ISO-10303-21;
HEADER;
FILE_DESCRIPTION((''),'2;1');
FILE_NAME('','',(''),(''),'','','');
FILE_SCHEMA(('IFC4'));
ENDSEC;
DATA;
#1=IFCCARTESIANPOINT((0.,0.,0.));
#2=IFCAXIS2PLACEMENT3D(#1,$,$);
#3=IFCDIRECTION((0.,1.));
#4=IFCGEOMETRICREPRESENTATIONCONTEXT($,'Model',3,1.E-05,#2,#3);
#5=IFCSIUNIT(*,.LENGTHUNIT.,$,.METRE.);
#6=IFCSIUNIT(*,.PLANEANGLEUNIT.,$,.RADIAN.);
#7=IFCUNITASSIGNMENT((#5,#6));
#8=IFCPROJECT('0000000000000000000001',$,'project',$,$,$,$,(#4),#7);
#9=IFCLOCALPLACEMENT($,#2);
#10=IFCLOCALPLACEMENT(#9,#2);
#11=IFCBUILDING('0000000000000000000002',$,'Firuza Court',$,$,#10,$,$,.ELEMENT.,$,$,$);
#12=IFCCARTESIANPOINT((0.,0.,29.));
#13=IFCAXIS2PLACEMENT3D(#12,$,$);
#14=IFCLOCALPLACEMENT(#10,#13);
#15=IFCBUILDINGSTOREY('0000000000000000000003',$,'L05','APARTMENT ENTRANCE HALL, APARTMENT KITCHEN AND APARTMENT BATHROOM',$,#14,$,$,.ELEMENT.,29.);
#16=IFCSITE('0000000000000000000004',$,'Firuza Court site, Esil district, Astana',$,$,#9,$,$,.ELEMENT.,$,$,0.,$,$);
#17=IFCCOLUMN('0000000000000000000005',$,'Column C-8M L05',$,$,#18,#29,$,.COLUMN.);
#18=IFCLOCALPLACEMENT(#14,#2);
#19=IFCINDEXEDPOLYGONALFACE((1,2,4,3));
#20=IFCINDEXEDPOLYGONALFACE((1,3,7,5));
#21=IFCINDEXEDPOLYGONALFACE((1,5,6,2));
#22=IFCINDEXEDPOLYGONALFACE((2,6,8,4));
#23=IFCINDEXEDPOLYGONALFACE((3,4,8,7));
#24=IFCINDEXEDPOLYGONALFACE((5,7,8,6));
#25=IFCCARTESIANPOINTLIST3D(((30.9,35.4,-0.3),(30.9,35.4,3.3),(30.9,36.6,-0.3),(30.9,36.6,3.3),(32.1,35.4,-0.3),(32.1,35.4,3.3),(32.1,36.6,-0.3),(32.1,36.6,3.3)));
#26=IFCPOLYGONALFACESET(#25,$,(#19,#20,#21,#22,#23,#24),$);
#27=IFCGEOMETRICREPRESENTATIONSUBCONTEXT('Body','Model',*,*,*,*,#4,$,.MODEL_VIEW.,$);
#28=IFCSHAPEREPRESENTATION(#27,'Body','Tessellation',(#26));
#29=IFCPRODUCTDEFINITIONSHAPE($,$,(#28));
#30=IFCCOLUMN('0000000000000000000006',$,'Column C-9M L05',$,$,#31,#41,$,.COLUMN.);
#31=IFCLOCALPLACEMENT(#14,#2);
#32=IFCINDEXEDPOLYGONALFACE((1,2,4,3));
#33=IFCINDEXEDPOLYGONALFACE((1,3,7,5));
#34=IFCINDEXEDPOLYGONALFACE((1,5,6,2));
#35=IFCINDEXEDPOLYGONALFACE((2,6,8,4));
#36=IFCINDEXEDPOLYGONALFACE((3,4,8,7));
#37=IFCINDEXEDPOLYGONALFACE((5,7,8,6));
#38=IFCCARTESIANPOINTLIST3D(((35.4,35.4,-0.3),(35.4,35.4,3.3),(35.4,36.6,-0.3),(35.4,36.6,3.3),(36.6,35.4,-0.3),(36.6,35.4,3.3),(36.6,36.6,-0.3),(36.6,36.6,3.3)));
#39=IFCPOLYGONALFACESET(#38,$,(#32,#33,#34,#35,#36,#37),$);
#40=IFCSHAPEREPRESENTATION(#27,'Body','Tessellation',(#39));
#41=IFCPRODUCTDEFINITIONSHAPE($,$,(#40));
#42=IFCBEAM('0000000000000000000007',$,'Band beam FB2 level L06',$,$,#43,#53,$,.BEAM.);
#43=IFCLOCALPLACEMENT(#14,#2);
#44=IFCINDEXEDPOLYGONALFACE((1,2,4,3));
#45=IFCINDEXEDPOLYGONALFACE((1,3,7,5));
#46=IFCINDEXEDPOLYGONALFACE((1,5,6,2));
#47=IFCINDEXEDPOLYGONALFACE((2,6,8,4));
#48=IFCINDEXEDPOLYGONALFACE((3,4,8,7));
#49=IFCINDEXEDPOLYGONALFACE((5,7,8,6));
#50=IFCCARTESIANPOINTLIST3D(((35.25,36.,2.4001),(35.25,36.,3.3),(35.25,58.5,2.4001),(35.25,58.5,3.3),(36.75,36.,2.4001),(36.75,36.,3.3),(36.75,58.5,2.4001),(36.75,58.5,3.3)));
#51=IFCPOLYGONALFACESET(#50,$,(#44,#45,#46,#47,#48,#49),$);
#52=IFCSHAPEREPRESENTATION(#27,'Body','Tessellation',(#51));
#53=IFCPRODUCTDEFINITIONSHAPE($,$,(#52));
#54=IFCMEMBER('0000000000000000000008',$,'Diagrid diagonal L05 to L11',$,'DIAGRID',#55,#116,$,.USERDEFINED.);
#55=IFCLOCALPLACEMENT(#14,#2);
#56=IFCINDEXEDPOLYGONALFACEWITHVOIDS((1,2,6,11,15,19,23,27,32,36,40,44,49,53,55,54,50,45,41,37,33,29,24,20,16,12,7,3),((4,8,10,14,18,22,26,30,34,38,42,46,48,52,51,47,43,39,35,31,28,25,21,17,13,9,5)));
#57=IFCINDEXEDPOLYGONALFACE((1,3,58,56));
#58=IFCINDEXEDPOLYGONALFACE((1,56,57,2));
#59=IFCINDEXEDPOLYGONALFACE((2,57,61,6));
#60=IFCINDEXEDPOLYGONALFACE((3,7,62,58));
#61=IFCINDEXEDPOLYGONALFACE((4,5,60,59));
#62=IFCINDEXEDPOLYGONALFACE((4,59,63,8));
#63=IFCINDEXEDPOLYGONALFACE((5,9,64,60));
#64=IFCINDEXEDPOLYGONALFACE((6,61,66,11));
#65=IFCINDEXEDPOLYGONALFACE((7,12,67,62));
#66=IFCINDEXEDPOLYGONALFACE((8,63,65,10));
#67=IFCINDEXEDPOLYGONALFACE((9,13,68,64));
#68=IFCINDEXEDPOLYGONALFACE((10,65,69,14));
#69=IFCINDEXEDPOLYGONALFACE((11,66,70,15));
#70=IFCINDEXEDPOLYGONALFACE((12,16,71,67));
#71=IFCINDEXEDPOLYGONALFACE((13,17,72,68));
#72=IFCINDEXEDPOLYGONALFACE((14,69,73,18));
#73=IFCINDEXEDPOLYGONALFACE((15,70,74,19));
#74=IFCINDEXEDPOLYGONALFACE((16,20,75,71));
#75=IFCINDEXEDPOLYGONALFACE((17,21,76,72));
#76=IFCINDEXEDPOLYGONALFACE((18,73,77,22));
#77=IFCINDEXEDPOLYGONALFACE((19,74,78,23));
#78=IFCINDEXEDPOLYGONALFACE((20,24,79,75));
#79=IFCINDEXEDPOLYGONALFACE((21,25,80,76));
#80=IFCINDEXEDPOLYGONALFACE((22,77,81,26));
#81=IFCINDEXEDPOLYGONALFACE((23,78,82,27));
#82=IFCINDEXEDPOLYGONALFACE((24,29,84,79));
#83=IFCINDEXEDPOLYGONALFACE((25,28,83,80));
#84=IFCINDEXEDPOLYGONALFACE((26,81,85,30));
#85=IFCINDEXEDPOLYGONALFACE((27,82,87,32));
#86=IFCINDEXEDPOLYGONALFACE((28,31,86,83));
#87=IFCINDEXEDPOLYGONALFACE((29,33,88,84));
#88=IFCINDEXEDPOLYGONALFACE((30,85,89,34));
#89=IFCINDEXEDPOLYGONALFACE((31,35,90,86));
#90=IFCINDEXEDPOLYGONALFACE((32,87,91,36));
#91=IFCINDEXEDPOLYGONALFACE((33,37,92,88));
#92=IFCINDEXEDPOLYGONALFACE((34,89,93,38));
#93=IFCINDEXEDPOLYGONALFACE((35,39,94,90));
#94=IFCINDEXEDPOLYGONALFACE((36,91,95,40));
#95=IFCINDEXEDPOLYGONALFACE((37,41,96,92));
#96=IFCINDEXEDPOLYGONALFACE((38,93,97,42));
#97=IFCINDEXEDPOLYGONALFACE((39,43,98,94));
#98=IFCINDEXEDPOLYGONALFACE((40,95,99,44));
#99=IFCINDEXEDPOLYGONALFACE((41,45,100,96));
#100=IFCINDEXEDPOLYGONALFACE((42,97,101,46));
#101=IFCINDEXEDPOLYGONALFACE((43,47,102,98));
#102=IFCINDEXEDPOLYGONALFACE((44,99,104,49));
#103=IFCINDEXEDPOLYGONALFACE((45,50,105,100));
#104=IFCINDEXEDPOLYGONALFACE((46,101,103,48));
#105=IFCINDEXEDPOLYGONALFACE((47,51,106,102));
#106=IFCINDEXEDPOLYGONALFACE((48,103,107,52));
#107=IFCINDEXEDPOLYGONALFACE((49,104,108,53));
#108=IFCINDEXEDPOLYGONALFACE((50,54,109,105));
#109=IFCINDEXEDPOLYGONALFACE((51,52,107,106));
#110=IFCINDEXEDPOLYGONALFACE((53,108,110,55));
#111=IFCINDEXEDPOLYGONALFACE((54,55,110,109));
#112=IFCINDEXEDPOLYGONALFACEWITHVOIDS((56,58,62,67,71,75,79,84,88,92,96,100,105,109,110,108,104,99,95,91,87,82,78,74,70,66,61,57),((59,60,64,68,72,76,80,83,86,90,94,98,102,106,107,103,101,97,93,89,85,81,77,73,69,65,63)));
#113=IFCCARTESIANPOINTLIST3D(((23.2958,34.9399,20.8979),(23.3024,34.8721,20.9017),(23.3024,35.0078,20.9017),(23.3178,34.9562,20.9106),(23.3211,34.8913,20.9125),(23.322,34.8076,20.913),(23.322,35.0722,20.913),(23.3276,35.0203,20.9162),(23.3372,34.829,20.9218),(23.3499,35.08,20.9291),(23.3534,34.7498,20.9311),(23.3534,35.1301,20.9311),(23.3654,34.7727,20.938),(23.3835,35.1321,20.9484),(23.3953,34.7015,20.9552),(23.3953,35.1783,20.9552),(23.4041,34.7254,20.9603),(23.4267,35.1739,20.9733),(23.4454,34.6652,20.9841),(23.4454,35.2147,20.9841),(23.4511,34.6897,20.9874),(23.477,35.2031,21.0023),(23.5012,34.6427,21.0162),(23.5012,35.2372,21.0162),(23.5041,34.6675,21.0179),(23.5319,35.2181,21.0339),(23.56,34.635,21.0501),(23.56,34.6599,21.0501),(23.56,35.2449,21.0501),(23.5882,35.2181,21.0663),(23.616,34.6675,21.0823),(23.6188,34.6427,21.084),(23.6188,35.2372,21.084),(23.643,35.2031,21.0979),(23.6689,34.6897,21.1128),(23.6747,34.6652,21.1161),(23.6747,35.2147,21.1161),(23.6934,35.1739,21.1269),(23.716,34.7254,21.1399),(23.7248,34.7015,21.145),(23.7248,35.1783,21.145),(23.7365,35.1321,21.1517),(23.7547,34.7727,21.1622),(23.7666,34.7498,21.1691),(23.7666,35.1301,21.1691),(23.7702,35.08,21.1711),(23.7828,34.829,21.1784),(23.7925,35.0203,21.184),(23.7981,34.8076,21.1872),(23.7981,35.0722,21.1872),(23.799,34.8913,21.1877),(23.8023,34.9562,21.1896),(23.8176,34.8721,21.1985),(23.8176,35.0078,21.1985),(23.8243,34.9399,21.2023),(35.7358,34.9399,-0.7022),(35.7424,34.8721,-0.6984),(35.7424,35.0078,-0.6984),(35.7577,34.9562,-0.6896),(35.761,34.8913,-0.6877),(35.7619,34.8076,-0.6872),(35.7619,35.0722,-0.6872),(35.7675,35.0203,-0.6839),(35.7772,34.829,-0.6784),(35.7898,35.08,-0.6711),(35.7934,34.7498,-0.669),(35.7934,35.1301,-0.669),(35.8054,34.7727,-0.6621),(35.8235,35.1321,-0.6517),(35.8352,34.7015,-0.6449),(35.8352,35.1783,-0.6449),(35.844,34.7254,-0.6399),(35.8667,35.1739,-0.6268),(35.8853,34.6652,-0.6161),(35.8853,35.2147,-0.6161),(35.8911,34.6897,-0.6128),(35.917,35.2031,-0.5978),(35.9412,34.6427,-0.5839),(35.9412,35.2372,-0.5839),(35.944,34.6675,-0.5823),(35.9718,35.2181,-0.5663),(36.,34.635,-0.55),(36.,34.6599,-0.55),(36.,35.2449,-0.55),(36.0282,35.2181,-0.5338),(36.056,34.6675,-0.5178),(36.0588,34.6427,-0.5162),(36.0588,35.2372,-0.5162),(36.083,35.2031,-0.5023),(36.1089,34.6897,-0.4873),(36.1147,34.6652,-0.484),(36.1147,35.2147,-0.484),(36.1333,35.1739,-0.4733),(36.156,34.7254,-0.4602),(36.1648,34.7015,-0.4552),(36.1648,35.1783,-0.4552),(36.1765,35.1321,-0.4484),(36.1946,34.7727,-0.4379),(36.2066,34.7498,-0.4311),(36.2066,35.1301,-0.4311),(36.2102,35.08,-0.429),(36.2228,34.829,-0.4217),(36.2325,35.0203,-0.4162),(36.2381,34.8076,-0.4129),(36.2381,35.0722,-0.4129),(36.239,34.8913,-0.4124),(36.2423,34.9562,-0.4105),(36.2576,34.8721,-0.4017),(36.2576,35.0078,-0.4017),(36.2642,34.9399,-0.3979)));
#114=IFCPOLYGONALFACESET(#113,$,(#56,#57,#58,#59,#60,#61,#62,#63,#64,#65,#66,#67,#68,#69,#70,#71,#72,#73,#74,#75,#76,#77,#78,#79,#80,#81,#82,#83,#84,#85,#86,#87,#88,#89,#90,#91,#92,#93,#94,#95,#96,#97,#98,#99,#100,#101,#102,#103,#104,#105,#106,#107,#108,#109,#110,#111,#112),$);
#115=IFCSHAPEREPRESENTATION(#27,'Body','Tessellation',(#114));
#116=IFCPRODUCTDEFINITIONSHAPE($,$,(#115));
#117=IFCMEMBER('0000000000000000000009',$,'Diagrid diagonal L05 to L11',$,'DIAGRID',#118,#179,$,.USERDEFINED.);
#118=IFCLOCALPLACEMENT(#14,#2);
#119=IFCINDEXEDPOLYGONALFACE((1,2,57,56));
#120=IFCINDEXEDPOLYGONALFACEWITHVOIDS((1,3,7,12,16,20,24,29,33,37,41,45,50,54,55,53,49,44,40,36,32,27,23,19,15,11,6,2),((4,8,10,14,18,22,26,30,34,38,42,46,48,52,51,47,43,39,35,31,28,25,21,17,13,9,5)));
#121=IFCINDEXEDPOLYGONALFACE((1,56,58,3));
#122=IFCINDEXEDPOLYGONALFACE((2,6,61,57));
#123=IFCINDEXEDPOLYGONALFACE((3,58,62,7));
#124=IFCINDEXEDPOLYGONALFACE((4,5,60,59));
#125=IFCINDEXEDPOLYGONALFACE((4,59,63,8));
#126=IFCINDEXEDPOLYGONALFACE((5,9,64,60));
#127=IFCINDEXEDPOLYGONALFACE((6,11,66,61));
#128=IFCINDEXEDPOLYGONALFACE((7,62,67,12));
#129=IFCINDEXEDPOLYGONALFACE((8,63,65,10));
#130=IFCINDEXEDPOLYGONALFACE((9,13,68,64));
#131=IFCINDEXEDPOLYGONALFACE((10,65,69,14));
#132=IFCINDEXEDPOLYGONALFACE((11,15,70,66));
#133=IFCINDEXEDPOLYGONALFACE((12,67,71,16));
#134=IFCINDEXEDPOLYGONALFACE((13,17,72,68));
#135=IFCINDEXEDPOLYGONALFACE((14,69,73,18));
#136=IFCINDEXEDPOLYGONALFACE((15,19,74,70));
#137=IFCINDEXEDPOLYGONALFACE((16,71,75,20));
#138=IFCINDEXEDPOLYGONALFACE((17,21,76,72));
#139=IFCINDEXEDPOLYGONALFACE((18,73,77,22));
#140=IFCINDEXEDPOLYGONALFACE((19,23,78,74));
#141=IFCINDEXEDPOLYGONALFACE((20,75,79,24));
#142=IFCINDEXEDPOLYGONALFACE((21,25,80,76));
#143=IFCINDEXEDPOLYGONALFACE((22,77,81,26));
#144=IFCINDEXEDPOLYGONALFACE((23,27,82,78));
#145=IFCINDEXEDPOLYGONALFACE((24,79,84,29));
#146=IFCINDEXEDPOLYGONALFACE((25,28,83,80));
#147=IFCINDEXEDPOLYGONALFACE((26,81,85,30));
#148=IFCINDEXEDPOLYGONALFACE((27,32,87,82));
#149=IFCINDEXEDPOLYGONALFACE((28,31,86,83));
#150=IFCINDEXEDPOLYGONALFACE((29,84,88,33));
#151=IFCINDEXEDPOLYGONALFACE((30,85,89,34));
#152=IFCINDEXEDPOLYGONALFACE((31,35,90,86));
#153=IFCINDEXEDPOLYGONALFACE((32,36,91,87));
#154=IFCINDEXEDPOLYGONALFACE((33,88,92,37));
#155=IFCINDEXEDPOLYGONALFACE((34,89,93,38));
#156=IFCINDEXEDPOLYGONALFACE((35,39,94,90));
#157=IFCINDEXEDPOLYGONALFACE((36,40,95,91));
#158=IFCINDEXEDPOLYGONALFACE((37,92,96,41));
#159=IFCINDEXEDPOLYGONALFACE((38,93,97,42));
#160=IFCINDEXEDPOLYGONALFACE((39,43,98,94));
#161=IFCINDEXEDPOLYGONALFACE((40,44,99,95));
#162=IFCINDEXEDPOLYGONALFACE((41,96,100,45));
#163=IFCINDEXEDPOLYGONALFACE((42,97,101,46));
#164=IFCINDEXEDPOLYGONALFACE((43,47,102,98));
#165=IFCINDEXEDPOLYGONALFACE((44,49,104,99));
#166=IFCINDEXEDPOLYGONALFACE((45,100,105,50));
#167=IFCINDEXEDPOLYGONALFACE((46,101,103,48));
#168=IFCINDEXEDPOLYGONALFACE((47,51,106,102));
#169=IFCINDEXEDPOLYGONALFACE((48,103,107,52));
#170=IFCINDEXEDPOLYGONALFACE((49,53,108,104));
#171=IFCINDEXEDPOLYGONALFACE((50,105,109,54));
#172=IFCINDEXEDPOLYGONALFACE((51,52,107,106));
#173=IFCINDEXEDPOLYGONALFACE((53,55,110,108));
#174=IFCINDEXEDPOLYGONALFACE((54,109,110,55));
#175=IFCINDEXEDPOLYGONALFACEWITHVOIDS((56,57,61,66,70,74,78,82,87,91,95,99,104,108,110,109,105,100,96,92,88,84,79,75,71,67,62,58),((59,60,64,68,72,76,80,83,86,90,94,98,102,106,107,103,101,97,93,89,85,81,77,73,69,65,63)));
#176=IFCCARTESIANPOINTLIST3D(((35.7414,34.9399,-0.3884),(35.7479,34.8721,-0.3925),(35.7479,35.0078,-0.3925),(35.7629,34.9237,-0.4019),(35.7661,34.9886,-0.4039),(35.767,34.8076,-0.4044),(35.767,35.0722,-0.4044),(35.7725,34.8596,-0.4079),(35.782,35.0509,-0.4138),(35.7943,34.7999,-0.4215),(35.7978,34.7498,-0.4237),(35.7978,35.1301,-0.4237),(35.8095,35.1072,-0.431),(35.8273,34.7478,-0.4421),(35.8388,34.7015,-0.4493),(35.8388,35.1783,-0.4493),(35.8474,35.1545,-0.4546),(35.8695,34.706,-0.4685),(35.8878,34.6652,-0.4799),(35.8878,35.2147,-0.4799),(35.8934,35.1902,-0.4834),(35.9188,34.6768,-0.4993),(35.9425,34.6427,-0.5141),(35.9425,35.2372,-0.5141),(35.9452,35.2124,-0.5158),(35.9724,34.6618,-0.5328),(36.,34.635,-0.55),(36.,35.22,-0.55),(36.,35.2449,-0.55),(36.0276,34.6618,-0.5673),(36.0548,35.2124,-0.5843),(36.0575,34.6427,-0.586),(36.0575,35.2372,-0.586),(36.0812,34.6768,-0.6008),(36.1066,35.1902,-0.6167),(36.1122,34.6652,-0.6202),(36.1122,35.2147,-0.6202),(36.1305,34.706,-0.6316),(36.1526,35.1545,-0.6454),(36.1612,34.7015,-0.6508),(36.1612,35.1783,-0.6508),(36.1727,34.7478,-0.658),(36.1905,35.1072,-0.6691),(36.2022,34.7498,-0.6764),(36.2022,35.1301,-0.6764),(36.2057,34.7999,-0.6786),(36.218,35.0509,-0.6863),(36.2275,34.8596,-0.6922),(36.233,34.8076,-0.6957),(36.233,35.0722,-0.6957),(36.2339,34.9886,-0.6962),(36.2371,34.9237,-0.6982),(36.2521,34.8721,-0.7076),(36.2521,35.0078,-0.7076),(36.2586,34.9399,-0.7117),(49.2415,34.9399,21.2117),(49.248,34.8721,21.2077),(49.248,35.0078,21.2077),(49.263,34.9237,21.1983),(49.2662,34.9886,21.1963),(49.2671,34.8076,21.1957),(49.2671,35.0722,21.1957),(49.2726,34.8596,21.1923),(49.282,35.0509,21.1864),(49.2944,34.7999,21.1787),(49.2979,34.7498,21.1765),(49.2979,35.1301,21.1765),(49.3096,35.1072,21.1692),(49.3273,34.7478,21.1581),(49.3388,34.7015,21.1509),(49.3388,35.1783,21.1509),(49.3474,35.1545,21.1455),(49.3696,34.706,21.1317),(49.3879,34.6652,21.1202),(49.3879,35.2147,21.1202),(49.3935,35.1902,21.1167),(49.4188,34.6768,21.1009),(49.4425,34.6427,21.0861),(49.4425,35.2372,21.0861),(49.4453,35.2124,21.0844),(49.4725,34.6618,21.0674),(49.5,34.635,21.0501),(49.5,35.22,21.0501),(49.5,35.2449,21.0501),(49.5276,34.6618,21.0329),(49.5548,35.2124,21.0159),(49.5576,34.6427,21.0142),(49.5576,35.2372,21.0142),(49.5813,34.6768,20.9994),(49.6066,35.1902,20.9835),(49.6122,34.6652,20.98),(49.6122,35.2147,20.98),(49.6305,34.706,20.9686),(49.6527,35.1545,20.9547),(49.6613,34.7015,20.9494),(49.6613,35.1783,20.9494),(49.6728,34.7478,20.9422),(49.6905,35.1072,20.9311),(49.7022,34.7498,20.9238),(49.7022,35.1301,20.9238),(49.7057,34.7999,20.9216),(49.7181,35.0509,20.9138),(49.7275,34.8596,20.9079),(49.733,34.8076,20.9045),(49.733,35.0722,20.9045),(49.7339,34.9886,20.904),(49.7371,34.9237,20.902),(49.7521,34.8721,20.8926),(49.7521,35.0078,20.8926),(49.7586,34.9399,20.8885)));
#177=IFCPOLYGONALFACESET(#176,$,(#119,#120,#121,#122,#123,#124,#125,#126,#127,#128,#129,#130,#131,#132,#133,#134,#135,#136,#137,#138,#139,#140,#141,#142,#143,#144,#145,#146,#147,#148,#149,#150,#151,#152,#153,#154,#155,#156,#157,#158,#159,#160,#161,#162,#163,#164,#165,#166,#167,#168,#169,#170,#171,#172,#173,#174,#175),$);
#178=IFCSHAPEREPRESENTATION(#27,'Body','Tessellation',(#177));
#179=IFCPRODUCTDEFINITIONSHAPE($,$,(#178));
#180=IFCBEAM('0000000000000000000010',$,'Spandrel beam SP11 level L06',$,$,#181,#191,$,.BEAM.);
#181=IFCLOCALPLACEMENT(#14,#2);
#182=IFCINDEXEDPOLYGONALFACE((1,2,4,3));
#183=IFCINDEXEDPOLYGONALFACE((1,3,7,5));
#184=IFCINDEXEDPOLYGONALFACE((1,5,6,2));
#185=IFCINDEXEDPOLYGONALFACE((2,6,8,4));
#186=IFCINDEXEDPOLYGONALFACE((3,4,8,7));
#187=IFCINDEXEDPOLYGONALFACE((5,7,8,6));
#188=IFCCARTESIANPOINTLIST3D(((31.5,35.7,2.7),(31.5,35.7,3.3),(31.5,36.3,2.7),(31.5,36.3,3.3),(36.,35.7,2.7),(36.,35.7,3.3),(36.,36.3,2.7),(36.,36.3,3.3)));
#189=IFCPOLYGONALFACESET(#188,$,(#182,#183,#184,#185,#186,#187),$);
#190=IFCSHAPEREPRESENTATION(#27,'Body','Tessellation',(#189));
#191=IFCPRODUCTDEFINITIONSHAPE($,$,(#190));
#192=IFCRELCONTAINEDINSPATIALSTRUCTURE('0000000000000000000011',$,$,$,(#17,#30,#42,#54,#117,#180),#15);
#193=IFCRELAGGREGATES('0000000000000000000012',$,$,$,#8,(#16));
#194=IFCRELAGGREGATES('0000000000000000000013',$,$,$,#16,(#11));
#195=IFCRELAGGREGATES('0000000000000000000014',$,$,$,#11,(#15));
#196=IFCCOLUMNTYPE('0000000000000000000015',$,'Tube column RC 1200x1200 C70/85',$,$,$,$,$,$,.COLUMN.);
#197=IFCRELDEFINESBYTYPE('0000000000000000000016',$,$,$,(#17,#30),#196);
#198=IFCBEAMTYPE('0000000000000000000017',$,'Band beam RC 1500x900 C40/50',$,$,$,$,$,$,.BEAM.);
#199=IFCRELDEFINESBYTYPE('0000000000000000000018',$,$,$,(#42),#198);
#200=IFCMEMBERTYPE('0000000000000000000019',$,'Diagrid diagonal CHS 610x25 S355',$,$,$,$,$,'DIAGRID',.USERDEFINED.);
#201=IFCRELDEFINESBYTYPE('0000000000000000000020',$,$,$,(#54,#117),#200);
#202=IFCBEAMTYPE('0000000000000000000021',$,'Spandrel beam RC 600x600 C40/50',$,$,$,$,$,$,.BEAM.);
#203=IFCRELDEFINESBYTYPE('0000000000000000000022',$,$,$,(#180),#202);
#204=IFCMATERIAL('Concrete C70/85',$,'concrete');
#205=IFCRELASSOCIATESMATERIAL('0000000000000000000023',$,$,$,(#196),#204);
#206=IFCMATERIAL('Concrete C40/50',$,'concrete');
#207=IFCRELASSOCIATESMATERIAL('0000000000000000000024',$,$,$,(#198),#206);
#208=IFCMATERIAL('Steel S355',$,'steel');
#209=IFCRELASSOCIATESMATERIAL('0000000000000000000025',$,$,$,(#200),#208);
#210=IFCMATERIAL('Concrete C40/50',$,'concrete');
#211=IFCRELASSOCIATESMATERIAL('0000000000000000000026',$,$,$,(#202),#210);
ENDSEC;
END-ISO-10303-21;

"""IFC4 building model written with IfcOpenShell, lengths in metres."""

from ifc_helpers import new_model, si_unit, direction, frame, origin, origin_2d, place, context, subcontext, project, spatial, rectangle, hollow_circle, extrude, material, material_profile, profile_set, type_object, element, save


model = new_model("IFC4")

# Units and contexts
model_context = context("Model", 3, precision=1e-05, world=origin(), true_north=direction((0.0, 1.0)))
body_context = subcontext(model_context, "Body", "Model", "MODEL_VIEW")
ifc_project = project(units=[si_unit("LENGTHUNIT", "METRE"), si_unit("PLANEANGLEUNIT", "RADIAN")], contexts=[model_context])

# Site, building, storey
site_placement = place(None, origin())
site = spatial("IfcSite", under=ifc_project, at=site_placement, Name="Firuza Court site, Esil district, Astana", CompositionType="ELEMENT", RefElevation=0.0)
building_placement = place(site_placement, origin())
building = spatial("IfcBuilding", under=site, at=building_placement, Name="Firuza Court", CompositionType="ELEMENT")
storey_placement = place(building_placement, frame((0.0, 0.0, 29.0)))
storey = spatial("IfcBuildingStorey", under=building, at=storey_placement, Name="L05", Description="APARTMENT ENTRANCE HALL, APARTMENT KITCHEN AND APARTMENT BATHROOM", CompositionType="ELEMENT", Elevation=29.0)

# Columns
ifc_material_1 = material(Name="Concrete C70/85", Category="concrete")
ifc_material_profile_1 = material_profile(ifc_material_1, rectangle(XDim=1.2, YDim=1.2, at=origin_2d()), Name="RC 1200x1200")
ifc_profile_set_1 = profile_set([ifc_material_profile_1], Name="Concrete C70/85")
column_type = type_object("IfcColumnType", Name="Tube column RC 1200x1200 C70/85", PredefinedType="COLUMN", material=ifc_profile_set_1)
for number, where, z_axis, x_axis, name in (
    (1, (31.5, 36.0, -0.3), (0.0, 0.0, 1.0), (1.0, 0.0, 0.0), "Column C-8M L05"),
    (2, (36.0, 36.0, -0.3), (0.0, 0.0, 1.0), (1.0, 0.0, 0.0), "Column C-9M L05"),
):
    element("IfcColumn", number, at=place(storey_placement, frame(where, z_axis=z_axis, x_axis=x_axis)), inside=storey, type_object=column_type, Name=name, PredefinedType="COLUMN", context=body_context, shape_type="SweptSolid", body=[
        extrude(rectangle(XDim=1.2, YDim=1.2, at=origin_2d()), origin(), (0.0, 0.0, 1.0), 3.6001),
    ])

# Beam
ifc_material_2 = material(Name="Concrete C40/50", Category="concrete")
ifc_material_profile_2 = material_profile(ifc_material_2, rectangle(XDim=1.5, YDim=0.8999, at=origin_2d()), Name="RC 1500x900")
ifc_profile_set_2 = profile_set([ifc_material_profile_2], Name="Concrete C40/50")
beam_type_1 = type_object("IfcBeamType", Name="Band beam RC 1500x900 C40/50", PredefinedType="BEAM", material=ifc_profile_set_2)
beam_placement = place(storey_placement, frame((36.0, 36.0, 2.8501), z_axis=(0.0, 1.0, 0.0), x_axis=(-1.0, 0.0, 0.0)))
element("IfcBeam", 3, at=beam_placement, inside=storey, type_object=beam_type_1, Name="Band beam FB2 level L06", PredefinedType="BEAM", context=body_context, shape_type="SweptSolid", body=[
    extrude(rectangle(XDim=1.5, YDim=0.8999, at=origin_2d()), origin(), (0.0, 0.0, 1.0), 22.5),
])

# Members
ifc_material_3 = material(Name="Steel S355", Category="steel")
ifc_material_profile_3 = material_profile(ifc_material_3, hollow_circle(Radius=0.3049, WallThickness=0.0249, at=origin_2d()), Name="CHS 610x25")
ifc_profile_set_3 = profile_set([ifc_material_profile_3], Name="Steel S355")
member_type = type_object("IfcMemberType", Name="Diagrid diagonal CHS 610x25 S355", ElementType="DIAGRID", PredefinedType="USERDEFINED", material=ifc_profile_set_3)
member_1_placement = place(storey_placement, frame((36.0, 34.9399, -0.55), z_axis=(-0.499071, 0.0, 0.866561), x_axis=(0.0, -1.0, 0.0)))
element("IfcMember", 4, at=member_1_placement, inside=storey, type_object=member_type, Name="Diagrid diagonal L05 to L11", ObjectType="DIAGRID", PredefinedType="USERDEFINED", context=body_context, shape_type="SweptSolid", body=[
    extrude(hollow_circle(Radius=0.3049, WallThickness=0.0249, at=origin_2d()), origin(), (0.0, 0.0, 1.0), 24.9263),
])
member_2_placement = place(storey_placement, frame((36.0, 34.9399, -0.55), z_axis=(0.529997, 0.0, 0.847999), x_axis=(0.0, 1.0, 0.0)))
element("IfcMember", 5, at=member_2_placement, inside=storey, type_object=member_type, Name="Diagrid diagonal L05 to L11", ObjectType="DIAGRID", PredefinedType="USERDEFINED", context=body_context, shape_type="SweptSolid", body=[
    extrude(hollow_circle(Radius=0.3049, WallThickness=0.0249, at=origin_2d()), origin(), (0.0, 0.0, 1.0), 25.4719),
])

# Beam
ifc_material_4 = material(Name="Concrete C40/50", Category="concrete")
ifc_material_profile_4 = material_profile(ifc_material_4, rectangle(XDim=0.6001, YDim=0.6001, at=origin_2d()), Name="RC 600x600")
ifc_profile_set_4 = profile_set([ifc_material_profile_4], Name="Concrete C40/50")
beam_type_2 = type_object("IfcBeamType", Name="Spandrel beam RC 600x600 C40/50", PredefinedType="BEAM", material=ifc_profile_set_4)
for number, where, z_axis, x_axis, name in (
    (6, (31.5, 36.0, 3.0), (1.0, 0.0, 0.0), (0.0, 1.0, 0.0), "Spandrel beam SP11 level L06"),
):
    element("IfcBeam", number, at=place(storey_placement, frame(where, z_axis=z_axis, x_axis=x_axis)), inside=storey, type_object=beam_type_2, Name=name, PredefinedType="BEAM", context=body_context, shape_type="SweptSolid", body=[
        extrude(rectangle(XDim=0.6001, YDim=0.6001, at=origin_2d()), origin(), (0.0, 0.0, 1.0), 4.5),
    ])

save(model, "model.ifc")
